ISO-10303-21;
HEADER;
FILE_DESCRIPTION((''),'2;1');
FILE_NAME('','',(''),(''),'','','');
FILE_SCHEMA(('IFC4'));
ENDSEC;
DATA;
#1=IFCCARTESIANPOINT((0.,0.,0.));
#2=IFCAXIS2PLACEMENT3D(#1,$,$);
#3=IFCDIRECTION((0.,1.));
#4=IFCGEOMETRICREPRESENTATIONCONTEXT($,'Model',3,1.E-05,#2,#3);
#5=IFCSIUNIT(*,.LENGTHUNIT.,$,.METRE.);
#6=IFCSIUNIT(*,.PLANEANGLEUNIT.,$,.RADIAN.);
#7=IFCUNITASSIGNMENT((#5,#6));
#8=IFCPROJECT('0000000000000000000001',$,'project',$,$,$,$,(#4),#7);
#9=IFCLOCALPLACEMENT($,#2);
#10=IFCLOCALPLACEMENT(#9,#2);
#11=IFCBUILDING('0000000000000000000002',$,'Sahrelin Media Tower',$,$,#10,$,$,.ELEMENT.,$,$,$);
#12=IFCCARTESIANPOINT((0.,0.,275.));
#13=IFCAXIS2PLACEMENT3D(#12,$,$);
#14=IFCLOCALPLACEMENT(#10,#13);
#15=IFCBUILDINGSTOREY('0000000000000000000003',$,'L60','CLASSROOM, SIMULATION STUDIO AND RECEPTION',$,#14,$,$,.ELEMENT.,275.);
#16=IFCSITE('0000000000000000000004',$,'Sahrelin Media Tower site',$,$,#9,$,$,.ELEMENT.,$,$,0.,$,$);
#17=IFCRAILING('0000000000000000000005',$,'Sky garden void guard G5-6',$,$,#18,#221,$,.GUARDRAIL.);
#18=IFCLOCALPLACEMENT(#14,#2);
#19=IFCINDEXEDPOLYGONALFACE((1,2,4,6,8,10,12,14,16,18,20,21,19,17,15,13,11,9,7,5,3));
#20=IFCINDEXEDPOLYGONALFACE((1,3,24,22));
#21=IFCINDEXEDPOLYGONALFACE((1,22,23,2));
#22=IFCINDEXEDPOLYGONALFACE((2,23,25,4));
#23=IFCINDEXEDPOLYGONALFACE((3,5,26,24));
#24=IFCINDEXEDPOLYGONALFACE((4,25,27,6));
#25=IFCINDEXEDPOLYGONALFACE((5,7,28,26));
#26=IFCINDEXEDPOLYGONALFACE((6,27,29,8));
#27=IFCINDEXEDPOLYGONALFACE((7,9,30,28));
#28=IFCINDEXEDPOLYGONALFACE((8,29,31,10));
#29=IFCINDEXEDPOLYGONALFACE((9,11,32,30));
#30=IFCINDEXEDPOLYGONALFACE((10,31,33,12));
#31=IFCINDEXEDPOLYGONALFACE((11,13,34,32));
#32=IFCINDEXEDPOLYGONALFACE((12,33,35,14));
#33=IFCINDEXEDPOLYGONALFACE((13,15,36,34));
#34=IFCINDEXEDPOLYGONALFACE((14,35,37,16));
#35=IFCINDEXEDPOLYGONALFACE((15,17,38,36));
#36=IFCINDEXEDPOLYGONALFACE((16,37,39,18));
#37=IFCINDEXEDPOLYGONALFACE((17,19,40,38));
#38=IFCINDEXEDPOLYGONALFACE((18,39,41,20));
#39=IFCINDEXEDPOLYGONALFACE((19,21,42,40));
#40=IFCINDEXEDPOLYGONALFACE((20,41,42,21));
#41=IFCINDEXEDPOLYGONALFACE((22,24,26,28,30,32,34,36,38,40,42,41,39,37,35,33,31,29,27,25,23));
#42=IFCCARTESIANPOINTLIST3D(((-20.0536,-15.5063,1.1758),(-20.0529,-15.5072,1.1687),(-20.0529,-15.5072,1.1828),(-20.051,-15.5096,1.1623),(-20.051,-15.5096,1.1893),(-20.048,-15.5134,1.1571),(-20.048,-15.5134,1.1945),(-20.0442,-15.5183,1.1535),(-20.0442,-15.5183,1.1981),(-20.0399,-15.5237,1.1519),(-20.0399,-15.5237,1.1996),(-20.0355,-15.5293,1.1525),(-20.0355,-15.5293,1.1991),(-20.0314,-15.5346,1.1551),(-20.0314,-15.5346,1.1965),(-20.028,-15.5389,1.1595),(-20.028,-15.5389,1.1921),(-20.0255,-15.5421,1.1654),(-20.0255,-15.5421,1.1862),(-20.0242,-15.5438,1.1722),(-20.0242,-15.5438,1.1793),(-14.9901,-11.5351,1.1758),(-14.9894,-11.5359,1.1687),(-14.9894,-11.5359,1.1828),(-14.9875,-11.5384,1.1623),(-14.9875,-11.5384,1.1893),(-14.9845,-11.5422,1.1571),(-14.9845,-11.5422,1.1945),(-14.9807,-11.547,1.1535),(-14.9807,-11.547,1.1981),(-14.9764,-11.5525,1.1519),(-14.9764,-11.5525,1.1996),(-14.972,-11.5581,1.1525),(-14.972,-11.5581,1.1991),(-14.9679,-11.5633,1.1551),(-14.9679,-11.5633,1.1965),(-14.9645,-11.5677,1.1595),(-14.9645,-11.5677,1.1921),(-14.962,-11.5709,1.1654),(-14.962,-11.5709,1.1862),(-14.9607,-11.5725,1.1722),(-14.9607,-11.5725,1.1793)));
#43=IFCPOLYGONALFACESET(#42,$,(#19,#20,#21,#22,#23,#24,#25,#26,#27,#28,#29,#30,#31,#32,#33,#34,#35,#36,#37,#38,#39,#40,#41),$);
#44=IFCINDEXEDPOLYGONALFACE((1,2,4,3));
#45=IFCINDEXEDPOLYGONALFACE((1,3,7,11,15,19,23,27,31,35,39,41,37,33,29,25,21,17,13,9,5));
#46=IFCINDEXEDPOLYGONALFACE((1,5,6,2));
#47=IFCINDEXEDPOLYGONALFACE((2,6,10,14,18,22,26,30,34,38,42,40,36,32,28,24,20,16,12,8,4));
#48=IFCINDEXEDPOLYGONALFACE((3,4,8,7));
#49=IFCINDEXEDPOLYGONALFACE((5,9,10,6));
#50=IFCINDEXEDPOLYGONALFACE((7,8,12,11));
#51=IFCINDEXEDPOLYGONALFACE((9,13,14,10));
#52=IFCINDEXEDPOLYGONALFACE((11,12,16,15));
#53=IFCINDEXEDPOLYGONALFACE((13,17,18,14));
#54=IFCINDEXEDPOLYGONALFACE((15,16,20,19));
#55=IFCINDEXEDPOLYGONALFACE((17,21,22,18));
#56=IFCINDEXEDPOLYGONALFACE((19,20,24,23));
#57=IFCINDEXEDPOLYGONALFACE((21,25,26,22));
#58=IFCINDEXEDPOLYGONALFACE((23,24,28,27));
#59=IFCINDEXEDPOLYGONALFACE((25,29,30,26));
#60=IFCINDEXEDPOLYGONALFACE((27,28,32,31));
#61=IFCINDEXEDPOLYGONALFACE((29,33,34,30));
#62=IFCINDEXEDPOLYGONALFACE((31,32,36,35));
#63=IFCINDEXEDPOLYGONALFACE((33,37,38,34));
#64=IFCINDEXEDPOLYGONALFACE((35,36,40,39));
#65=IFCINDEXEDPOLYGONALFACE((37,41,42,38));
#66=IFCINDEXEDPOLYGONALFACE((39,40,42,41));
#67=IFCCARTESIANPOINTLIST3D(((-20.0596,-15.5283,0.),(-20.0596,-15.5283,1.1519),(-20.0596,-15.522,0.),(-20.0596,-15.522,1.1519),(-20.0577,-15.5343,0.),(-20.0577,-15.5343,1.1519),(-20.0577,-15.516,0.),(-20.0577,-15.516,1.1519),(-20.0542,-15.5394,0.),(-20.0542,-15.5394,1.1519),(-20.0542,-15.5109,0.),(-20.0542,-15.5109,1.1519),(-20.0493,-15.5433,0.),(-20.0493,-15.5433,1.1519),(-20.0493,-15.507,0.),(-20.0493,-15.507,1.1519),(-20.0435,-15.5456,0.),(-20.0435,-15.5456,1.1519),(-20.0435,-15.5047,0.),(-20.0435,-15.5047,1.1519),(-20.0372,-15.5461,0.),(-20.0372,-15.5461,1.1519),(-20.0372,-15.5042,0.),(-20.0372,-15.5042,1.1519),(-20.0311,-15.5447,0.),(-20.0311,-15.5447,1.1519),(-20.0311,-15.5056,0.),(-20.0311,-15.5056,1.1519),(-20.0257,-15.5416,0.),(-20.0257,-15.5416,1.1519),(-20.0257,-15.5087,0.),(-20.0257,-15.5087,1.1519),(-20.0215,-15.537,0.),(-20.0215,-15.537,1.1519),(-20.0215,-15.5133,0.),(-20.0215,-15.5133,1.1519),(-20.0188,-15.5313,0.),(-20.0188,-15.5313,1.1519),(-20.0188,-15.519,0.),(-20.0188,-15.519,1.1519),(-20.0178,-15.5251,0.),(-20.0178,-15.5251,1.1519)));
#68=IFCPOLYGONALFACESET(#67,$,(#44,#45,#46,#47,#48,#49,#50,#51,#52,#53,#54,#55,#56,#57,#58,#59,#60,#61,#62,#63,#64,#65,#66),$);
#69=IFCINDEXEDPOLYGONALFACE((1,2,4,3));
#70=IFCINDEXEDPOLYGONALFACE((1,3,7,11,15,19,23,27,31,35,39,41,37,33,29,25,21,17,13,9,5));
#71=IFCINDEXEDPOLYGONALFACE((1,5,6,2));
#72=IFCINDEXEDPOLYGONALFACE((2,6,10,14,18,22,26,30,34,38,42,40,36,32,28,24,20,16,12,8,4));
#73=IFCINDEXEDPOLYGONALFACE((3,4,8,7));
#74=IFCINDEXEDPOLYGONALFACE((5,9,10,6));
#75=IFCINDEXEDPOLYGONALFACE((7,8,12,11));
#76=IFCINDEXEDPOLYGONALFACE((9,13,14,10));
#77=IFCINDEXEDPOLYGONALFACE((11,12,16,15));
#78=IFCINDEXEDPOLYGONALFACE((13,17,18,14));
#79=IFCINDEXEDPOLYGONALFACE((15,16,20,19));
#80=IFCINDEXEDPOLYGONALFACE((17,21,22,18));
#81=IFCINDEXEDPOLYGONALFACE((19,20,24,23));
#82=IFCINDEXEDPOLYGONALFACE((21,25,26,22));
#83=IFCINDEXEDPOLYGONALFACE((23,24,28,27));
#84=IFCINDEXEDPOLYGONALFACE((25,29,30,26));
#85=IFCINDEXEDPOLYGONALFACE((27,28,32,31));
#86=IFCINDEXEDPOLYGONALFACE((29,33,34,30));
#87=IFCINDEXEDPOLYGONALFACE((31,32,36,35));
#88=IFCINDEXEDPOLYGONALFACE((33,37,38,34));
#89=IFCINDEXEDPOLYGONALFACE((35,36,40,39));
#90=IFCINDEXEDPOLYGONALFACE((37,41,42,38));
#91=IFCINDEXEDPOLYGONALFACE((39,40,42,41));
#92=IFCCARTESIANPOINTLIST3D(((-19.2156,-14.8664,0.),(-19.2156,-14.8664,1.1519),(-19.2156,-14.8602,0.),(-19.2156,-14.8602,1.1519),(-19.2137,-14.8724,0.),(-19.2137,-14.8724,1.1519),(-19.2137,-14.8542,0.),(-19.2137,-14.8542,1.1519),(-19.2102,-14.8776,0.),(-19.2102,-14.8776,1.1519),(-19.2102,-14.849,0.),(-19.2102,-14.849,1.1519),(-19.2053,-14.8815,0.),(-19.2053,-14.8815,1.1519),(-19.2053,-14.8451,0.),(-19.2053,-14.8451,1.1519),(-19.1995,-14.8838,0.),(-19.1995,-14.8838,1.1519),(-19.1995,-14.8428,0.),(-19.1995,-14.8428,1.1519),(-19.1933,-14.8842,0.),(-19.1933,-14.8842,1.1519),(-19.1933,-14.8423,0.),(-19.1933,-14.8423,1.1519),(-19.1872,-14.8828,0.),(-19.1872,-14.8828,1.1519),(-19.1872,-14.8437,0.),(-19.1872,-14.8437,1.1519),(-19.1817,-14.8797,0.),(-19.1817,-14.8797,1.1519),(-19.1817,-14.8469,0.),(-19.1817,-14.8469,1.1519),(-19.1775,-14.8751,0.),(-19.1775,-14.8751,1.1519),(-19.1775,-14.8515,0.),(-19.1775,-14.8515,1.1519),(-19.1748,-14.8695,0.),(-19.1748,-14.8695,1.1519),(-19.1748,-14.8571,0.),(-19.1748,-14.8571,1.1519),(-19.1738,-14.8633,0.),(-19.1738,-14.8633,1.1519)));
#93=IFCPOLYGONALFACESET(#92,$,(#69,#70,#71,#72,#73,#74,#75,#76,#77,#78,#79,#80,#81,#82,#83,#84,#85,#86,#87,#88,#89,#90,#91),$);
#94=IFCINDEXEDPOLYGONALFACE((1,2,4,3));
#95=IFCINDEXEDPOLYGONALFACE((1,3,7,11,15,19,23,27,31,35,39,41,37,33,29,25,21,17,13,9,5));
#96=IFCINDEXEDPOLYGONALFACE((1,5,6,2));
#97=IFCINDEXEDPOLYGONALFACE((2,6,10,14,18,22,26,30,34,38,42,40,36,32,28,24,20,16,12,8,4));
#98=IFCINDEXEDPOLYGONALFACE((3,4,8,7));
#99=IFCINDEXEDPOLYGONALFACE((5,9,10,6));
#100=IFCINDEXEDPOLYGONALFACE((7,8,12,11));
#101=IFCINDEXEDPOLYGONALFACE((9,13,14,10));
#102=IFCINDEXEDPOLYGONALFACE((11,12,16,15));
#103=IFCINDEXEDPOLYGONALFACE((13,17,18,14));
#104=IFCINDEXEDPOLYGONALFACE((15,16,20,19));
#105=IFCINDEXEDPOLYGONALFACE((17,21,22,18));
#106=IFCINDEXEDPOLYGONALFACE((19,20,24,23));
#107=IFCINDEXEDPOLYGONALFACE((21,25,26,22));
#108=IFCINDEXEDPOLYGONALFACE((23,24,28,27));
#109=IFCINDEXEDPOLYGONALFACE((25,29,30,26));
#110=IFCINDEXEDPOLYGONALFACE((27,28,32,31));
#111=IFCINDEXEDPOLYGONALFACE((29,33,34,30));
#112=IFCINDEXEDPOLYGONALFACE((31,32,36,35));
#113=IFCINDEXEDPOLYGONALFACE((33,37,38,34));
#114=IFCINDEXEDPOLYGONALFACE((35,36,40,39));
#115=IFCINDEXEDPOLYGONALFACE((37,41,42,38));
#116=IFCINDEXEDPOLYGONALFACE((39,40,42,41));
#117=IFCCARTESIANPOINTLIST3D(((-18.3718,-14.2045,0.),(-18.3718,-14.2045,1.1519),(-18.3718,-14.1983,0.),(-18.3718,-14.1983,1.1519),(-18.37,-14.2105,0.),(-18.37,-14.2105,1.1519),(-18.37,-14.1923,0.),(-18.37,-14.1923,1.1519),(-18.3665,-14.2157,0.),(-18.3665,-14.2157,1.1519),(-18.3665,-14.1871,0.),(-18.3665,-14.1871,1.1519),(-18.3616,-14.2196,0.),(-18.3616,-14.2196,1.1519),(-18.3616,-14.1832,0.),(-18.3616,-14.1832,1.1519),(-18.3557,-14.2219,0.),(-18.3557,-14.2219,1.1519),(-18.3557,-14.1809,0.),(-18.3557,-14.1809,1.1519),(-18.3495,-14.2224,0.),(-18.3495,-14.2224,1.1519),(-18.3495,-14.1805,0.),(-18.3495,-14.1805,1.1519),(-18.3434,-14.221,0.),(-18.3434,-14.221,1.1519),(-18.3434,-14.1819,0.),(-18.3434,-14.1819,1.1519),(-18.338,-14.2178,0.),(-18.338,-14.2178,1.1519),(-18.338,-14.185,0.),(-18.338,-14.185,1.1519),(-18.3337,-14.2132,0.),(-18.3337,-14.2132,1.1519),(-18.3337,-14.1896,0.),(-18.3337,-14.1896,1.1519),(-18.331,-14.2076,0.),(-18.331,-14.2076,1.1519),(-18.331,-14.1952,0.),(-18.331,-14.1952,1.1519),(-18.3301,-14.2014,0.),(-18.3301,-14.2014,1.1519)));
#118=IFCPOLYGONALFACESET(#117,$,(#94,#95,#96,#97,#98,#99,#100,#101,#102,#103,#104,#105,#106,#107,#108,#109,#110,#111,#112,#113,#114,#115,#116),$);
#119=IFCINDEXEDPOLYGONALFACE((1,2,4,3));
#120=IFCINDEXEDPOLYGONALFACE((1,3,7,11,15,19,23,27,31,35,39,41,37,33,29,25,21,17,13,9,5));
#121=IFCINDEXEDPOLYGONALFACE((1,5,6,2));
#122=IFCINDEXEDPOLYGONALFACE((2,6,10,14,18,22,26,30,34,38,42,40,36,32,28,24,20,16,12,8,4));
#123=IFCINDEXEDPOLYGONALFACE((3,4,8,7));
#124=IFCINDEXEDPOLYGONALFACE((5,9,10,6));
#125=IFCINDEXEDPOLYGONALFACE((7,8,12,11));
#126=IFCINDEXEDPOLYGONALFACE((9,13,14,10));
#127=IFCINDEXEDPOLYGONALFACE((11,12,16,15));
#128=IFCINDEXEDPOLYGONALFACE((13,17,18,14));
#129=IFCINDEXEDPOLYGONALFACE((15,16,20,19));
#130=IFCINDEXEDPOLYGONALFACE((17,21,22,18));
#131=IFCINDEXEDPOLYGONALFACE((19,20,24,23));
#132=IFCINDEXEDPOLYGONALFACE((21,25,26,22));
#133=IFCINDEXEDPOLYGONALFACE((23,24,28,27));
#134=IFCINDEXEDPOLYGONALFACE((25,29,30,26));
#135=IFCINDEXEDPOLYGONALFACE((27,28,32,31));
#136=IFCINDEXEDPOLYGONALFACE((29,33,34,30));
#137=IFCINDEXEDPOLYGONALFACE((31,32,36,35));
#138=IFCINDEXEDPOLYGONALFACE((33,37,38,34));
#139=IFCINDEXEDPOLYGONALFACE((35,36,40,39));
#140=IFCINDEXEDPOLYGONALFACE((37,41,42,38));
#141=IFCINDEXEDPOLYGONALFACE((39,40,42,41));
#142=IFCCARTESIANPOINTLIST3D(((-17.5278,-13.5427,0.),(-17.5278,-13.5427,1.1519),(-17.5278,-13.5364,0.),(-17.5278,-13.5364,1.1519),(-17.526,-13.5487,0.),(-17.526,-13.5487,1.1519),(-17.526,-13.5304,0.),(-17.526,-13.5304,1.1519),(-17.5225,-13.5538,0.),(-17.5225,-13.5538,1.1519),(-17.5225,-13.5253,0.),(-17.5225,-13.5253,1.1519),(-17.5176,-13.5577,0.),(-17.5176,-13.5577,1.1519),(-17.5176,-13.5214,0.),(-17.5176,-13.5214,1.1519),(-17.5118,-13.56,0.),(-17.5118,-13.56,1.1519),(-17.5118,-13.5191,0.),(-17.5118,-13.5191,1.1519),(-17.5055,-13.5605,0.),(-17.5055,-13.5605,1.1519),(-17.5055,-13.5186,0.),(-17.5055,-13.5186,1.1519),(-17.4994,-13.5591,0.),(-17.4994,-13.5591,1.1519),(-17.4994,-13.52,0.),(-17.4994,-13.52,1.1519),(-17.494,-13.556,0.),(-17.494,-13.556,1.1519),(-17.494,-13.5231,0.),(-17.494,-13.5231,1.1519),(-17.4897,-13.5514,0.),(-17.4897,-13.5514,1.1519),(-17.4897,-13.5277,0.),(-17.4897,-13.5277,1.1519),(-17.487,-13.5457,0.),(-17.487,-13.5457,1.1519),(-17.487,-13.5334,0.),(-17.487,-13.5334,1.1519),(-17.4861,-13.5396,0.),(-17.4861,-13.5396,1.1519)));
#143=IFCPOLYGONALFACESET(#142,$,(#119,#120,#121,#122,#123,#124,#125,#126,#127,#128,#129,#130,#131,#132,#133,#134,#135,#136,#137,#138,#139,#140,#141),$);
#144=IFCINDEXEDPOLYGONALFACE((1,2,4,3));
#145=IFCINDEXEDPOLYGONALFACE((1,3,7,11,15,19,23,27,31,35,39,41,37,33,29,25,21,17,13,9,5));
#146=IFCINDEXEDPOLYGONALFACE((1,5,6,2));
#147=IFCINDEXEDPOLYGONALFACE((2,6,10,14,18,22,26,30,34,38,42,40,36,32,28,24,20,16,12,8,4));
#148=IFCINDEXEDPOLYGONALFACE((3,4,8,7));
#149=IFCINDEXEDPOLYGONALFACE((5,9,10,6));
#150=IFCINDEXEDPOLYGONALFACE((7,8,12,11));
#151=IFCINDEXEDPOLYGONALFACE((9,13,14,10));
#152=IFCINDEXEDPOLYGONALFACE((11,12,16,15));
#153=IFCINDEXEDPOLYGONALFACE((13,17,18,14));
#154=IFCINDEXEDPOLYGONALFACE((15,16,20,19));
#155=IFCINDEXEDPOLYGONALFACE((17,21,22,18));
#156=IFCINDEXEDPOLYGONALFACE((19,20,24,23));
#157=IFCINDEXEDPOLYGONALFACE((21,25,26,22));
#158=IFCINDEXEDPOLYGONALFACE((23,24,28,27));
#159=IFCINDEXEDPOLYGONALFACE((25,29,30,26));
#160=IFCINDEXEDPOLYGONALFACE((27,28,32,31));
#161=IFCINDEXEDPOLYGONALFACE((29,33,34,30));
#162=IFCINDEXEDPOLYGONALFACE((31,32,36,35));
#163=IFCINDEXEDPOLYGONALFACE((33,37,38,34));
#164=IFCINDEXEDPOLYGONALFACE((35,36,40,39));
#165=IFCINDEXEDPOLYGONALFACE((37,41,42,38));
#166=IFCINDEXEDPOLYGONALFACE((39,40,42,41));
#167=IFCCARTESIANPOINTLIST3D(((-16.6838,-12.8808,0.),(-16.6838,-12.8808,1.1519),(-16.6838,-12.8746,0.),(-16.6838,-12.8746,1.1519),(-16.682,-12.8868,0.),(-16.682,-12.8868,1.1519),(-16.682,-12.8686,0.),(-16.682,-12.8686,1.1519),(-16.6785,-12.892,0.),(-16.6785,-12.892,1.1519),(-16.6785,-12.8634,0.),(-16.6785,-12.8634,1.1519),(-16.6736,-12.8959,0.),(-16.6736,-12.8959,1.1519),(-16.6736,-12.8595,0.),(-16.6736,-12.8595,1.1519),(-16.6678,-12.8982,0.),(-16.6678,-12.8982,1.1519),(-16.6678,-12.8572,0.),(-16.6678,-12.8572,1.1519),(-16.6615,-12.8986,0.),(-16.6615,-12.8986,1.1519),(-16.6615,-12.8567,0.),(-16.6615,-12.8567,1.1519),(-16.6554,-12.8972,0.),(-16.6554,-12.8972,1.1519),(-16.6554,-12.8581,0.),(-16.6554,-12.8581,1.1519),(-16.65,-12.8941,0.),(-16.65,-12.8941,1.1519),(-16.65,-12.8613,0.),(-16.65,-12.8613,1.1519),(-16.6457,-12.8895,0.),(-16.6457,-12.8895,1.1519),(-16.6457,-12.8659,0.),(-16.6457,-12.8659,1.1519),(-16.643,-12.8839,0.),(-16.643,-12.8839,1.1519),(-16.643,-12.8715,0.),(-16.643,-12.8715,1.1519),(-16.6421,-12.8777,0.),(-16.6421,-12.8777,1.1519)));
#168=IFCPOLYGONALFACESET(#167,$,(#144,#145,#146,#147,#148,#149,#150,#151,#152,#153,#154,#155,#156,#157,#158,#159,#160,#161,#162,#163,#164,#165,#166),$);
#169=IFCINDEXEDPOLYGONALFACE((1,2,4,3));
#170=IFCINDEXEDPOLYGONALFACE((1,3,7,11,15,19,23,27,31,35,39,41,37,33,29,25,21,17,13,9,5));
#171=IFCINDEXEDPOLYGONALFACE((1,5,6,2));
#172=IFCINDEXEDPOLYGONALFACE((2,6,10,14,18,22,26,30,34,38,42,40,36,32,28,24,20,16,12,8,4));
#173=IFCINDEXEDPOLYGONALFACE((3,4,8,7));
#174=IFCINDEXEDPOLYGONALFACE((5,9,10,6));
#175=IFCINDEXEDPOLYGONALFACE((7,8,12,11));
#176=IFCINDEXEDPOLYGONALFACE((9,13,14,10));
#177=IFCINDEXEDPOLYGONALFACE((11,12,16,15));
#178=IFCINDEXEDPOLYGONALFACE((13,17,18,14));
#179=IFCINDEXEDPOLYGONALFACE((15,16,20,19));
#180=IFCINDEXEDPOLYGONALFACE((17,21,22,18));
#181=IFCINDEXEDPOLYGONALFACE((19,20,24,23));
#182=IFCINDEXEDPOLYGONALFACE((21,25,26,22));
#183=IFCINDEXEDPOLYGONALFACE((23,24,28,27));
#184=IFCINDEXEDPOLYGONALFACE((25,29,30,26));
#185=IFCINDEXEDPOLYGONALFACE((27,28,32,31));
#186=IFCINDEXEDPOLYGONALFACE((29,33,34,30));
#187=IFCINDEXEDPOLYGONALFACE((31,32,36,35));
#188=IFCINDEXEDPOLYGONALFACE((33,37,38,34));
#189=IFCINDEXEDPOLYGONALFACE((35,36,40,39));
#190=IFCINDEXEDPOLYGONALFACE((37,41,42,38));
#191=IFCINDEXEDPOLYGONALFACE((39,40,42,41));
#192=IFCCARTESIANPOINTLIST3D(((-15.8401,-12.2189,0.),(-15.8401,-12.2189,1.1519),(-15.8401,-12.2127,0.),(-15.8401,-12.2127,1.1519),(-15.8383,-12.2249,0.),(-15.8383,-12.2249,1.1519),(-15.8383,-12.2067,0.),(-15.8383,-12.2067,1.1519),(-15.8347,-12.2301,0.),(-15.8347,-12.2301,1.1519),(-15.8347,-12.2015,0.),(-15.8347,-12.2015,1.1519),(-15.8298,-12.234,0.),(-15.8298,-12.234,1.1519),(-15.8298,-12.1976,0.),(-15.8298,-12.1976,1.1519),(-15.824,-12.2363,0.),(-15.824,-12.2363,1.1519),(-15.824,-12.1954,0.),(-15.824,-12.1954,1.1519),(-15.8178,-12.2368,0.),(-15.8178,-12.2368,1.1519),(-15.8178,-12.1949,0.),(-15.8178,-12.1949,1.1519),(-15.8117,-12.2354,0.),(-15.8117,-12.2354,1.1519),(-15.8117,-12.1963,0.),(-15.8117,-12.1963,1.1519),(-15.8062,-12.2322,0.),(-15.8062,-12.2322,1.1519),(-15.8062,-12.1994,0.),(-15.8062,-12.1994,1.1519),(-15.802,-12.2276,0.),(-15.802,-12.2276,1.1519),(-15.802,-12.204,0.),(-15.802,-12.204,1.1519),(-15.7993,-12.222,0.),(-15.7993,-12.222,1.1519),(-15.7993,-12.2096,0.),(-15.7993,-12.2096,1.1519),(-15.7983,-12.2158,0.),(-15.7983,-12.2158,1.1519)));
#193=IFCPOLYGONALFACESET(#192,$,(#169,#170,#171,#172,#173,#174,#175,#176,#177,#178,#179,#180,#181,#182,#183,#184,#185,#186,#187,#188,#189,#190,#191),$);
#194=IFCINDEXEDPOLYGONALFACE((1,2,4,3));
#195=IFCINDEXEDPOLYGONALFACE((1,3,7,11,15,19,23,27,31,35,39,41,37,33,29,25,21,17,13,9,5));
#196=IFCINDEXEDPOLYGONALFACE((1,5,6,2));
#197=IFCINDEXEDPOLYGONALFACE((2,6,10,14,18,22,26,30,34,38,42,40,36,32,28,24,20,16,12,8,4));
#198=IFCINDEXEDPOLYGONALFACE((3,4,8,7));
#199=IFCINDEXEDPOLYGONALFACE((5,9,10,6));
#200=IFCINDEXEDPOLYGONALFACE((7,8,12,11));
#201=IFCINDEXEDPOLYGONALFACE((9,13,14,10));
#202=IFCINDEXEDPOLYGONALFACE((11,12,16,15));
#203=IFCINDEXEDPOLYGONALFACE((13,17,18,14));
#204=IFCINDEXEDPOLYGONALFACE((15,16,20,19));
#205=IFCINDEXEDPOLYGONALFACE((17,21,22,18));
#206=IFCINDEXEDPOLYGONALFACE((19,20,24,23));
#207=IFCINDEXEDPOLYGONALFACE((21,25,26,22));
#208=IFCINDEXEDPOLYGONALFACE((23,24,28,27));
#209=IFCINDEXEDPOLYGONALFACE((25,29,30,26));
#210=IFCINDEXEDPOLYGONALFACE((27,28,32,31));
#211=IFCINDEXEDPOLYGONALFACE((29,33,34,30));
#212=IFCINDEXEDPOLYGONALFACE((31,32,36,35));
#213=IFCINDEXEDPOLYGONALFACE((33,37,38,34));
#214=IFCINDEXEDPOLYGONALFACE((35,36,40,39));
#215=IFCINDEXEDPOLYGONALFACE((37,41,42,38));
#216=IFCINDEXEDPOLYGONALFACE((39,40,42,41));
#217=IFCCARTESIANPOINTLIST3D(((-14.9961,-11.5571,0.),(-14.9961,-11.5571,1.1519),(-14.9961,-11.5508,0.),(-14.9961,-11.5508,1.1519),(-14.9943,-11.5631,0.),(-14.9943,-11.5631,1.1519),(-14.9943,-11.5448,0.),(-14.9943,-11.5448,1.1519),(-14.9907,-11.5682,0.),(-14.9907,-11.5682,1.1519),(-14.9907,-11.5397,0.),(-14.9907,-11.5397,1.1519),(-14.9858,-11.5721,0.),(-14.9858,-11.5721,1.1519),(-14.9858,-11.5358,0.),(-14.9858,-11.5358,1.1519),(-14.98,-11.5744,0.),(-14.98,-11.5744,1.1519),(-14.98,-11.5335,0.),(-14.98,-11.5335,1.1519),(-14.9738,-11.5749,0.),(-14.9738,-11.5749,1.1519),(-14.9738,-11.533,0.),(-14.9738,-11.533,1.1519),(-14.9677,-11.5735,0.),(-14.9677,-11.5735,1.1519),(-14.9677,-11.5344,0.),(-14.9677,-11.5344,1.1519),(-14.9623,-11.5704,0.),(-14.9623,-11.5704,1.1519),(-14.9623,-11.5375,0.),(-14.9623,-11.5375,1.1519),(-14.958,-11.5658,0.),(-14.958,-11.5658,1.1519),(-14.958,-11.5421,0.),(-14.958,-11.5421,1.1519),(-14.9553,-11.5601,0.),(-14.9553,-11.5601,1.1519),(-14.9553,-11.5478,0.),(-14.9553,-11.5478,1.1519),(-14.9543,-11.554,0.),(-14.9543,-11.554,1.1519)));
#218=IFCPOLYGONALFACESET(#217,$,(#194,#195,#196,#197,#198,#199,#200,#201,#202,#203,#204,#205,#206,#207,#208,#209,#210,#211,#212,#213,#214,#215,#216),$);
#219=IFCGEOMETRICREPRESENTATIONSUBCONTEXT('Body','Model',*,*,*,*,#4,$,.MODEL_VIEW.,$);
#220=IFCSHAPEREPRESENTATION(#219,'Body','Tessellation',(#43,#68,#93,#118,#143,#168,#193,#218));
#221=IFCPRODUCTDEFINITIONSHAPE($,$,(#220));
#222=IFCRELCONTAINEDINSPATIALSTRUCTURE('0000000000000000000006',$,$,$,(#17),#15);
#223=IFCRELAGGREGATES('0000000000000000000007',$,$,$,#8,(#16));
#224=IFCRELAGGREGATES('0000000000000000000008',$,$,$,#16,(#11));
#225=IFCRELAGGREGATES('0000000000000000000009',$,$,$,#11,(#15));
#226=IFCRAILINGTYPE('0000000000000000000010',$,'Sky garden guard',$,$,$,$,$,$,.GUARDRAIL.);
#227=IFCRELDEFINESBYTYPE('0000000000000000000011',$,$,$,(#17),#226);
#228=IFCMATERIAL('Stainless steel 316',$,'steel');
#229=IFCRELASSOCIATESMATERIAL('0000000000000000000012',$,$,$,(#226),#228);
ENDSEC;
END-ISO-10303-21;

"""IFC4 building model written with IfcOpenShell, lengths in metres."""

from ifc_helpers import new_model, si_unit, direction, frame, origin, origin_2d, place, context, subcontext, project, spatial, circle, extrude, material, type_object, element, save


model = new_model("IFC4")

# Units and contexts
model_context = context("Model", 3, precision=1e-05, world=origin(), true_north=direction((0.0, 1.0)))
body_context = subcontext(model_context, "Body", "Model", "MODEL_VIEW")
ifc_project = project(units=[si_unit("LENGTHUNIT", "METRE"), si_unit("PLANEANGLEUNIT", "RADIAN")], contexts=[model_context])

# Site, building, storey
site_placement = place(None, origin())
site = spatial("IfcSite", under=ifc_project, at=site_placement, Name="Sahrelin Media Tower site", CompositionType="ELEMENT", RefElevation=0.0)
building_placement = place(site_placement, origin())
building = spatial("IfcBuilding", under=site, at=building_placement, Name="Sahrelin Media Tower", CompositionType="ELEMENT")
storey_placement = place(building_placement, frame((0.0, 0.0, 275.0)))
storey = spatial("IfcBuildingStorey", under=building, at=storey_placement, Name="L60", Description="CLASSROOM, SIMULATION STUDIO AND RECEPTION", CompositionType="ELEMENT", Elevation=275.0)

# Railing
ifc_material_1 = material(Name="Stainless steel 316", Category="steel")
railing_type = type_object("IfcRailingType", Name="Sky garden guard", PredefinedType="GUARDRAIL", material=ifc_material_1)
railing_1_placement = place(storey_placement, frame((-20.0388, -15.5251, 0.0)))
element("IfcRailing", 1, at=railing_1_placement, inside=storey, type_object=railing_type, Name="Sky garden void guard G5-6", PredefinedType="GUARDRAIL", context=body_context, shape_type="SweptSolid", body=[
    extrude(circle(Radius=0.0239, at=origin_2d()), frame((0.0, 0.0, 1.1758), z_axis=(0.786866, 0.617124, 0.0), x_axis=(-0.617124, 0.786866, 0.0)), (0.0, 0.0, 1.0), 6.4351),
    extrude(circle(Radius=0.021, at=origin_2d()), origin(), (0.0, 0.0, 1.0), 1.1519),
    extrude(circle(Radius=0.021, at=origin_2d()), frame((0.844, 0.6619, 0.0)), (0.0, 0.0, 1.0), 1.1519),
    extrude(circle(Radius=0.021, at=origin_2d()), frame((1.6877, 1.3237, 0.0)), (0.0, 0.0, 1.0), 1.1519),
    extrude(circle(Radius=0.021, at=origin_2d()), frame((2.5317, 1.9856, 0.0)), (0.0, 0.0, 1.0), 1.1519),
    extrude(circle(Radius=0.021, at=origin_2d()), frame((3.3757, 2.6475, 0.0)), (0.0, 0.0, 1.0), 1.1519),
    extrude(circle(Radius=0.021, at=origin_2d()), frame((4.2195, 3.3093, 0.0)), (0.0, 0.0, 1.0), 1.1519),
    extrude(circle(Radius=0.021, at=origin_2d()), frame((5.0635, 3.9712, 0.0)), (0.0, 0.0, 1.0), 1.1519),
])

save(model, "model.ifc")
